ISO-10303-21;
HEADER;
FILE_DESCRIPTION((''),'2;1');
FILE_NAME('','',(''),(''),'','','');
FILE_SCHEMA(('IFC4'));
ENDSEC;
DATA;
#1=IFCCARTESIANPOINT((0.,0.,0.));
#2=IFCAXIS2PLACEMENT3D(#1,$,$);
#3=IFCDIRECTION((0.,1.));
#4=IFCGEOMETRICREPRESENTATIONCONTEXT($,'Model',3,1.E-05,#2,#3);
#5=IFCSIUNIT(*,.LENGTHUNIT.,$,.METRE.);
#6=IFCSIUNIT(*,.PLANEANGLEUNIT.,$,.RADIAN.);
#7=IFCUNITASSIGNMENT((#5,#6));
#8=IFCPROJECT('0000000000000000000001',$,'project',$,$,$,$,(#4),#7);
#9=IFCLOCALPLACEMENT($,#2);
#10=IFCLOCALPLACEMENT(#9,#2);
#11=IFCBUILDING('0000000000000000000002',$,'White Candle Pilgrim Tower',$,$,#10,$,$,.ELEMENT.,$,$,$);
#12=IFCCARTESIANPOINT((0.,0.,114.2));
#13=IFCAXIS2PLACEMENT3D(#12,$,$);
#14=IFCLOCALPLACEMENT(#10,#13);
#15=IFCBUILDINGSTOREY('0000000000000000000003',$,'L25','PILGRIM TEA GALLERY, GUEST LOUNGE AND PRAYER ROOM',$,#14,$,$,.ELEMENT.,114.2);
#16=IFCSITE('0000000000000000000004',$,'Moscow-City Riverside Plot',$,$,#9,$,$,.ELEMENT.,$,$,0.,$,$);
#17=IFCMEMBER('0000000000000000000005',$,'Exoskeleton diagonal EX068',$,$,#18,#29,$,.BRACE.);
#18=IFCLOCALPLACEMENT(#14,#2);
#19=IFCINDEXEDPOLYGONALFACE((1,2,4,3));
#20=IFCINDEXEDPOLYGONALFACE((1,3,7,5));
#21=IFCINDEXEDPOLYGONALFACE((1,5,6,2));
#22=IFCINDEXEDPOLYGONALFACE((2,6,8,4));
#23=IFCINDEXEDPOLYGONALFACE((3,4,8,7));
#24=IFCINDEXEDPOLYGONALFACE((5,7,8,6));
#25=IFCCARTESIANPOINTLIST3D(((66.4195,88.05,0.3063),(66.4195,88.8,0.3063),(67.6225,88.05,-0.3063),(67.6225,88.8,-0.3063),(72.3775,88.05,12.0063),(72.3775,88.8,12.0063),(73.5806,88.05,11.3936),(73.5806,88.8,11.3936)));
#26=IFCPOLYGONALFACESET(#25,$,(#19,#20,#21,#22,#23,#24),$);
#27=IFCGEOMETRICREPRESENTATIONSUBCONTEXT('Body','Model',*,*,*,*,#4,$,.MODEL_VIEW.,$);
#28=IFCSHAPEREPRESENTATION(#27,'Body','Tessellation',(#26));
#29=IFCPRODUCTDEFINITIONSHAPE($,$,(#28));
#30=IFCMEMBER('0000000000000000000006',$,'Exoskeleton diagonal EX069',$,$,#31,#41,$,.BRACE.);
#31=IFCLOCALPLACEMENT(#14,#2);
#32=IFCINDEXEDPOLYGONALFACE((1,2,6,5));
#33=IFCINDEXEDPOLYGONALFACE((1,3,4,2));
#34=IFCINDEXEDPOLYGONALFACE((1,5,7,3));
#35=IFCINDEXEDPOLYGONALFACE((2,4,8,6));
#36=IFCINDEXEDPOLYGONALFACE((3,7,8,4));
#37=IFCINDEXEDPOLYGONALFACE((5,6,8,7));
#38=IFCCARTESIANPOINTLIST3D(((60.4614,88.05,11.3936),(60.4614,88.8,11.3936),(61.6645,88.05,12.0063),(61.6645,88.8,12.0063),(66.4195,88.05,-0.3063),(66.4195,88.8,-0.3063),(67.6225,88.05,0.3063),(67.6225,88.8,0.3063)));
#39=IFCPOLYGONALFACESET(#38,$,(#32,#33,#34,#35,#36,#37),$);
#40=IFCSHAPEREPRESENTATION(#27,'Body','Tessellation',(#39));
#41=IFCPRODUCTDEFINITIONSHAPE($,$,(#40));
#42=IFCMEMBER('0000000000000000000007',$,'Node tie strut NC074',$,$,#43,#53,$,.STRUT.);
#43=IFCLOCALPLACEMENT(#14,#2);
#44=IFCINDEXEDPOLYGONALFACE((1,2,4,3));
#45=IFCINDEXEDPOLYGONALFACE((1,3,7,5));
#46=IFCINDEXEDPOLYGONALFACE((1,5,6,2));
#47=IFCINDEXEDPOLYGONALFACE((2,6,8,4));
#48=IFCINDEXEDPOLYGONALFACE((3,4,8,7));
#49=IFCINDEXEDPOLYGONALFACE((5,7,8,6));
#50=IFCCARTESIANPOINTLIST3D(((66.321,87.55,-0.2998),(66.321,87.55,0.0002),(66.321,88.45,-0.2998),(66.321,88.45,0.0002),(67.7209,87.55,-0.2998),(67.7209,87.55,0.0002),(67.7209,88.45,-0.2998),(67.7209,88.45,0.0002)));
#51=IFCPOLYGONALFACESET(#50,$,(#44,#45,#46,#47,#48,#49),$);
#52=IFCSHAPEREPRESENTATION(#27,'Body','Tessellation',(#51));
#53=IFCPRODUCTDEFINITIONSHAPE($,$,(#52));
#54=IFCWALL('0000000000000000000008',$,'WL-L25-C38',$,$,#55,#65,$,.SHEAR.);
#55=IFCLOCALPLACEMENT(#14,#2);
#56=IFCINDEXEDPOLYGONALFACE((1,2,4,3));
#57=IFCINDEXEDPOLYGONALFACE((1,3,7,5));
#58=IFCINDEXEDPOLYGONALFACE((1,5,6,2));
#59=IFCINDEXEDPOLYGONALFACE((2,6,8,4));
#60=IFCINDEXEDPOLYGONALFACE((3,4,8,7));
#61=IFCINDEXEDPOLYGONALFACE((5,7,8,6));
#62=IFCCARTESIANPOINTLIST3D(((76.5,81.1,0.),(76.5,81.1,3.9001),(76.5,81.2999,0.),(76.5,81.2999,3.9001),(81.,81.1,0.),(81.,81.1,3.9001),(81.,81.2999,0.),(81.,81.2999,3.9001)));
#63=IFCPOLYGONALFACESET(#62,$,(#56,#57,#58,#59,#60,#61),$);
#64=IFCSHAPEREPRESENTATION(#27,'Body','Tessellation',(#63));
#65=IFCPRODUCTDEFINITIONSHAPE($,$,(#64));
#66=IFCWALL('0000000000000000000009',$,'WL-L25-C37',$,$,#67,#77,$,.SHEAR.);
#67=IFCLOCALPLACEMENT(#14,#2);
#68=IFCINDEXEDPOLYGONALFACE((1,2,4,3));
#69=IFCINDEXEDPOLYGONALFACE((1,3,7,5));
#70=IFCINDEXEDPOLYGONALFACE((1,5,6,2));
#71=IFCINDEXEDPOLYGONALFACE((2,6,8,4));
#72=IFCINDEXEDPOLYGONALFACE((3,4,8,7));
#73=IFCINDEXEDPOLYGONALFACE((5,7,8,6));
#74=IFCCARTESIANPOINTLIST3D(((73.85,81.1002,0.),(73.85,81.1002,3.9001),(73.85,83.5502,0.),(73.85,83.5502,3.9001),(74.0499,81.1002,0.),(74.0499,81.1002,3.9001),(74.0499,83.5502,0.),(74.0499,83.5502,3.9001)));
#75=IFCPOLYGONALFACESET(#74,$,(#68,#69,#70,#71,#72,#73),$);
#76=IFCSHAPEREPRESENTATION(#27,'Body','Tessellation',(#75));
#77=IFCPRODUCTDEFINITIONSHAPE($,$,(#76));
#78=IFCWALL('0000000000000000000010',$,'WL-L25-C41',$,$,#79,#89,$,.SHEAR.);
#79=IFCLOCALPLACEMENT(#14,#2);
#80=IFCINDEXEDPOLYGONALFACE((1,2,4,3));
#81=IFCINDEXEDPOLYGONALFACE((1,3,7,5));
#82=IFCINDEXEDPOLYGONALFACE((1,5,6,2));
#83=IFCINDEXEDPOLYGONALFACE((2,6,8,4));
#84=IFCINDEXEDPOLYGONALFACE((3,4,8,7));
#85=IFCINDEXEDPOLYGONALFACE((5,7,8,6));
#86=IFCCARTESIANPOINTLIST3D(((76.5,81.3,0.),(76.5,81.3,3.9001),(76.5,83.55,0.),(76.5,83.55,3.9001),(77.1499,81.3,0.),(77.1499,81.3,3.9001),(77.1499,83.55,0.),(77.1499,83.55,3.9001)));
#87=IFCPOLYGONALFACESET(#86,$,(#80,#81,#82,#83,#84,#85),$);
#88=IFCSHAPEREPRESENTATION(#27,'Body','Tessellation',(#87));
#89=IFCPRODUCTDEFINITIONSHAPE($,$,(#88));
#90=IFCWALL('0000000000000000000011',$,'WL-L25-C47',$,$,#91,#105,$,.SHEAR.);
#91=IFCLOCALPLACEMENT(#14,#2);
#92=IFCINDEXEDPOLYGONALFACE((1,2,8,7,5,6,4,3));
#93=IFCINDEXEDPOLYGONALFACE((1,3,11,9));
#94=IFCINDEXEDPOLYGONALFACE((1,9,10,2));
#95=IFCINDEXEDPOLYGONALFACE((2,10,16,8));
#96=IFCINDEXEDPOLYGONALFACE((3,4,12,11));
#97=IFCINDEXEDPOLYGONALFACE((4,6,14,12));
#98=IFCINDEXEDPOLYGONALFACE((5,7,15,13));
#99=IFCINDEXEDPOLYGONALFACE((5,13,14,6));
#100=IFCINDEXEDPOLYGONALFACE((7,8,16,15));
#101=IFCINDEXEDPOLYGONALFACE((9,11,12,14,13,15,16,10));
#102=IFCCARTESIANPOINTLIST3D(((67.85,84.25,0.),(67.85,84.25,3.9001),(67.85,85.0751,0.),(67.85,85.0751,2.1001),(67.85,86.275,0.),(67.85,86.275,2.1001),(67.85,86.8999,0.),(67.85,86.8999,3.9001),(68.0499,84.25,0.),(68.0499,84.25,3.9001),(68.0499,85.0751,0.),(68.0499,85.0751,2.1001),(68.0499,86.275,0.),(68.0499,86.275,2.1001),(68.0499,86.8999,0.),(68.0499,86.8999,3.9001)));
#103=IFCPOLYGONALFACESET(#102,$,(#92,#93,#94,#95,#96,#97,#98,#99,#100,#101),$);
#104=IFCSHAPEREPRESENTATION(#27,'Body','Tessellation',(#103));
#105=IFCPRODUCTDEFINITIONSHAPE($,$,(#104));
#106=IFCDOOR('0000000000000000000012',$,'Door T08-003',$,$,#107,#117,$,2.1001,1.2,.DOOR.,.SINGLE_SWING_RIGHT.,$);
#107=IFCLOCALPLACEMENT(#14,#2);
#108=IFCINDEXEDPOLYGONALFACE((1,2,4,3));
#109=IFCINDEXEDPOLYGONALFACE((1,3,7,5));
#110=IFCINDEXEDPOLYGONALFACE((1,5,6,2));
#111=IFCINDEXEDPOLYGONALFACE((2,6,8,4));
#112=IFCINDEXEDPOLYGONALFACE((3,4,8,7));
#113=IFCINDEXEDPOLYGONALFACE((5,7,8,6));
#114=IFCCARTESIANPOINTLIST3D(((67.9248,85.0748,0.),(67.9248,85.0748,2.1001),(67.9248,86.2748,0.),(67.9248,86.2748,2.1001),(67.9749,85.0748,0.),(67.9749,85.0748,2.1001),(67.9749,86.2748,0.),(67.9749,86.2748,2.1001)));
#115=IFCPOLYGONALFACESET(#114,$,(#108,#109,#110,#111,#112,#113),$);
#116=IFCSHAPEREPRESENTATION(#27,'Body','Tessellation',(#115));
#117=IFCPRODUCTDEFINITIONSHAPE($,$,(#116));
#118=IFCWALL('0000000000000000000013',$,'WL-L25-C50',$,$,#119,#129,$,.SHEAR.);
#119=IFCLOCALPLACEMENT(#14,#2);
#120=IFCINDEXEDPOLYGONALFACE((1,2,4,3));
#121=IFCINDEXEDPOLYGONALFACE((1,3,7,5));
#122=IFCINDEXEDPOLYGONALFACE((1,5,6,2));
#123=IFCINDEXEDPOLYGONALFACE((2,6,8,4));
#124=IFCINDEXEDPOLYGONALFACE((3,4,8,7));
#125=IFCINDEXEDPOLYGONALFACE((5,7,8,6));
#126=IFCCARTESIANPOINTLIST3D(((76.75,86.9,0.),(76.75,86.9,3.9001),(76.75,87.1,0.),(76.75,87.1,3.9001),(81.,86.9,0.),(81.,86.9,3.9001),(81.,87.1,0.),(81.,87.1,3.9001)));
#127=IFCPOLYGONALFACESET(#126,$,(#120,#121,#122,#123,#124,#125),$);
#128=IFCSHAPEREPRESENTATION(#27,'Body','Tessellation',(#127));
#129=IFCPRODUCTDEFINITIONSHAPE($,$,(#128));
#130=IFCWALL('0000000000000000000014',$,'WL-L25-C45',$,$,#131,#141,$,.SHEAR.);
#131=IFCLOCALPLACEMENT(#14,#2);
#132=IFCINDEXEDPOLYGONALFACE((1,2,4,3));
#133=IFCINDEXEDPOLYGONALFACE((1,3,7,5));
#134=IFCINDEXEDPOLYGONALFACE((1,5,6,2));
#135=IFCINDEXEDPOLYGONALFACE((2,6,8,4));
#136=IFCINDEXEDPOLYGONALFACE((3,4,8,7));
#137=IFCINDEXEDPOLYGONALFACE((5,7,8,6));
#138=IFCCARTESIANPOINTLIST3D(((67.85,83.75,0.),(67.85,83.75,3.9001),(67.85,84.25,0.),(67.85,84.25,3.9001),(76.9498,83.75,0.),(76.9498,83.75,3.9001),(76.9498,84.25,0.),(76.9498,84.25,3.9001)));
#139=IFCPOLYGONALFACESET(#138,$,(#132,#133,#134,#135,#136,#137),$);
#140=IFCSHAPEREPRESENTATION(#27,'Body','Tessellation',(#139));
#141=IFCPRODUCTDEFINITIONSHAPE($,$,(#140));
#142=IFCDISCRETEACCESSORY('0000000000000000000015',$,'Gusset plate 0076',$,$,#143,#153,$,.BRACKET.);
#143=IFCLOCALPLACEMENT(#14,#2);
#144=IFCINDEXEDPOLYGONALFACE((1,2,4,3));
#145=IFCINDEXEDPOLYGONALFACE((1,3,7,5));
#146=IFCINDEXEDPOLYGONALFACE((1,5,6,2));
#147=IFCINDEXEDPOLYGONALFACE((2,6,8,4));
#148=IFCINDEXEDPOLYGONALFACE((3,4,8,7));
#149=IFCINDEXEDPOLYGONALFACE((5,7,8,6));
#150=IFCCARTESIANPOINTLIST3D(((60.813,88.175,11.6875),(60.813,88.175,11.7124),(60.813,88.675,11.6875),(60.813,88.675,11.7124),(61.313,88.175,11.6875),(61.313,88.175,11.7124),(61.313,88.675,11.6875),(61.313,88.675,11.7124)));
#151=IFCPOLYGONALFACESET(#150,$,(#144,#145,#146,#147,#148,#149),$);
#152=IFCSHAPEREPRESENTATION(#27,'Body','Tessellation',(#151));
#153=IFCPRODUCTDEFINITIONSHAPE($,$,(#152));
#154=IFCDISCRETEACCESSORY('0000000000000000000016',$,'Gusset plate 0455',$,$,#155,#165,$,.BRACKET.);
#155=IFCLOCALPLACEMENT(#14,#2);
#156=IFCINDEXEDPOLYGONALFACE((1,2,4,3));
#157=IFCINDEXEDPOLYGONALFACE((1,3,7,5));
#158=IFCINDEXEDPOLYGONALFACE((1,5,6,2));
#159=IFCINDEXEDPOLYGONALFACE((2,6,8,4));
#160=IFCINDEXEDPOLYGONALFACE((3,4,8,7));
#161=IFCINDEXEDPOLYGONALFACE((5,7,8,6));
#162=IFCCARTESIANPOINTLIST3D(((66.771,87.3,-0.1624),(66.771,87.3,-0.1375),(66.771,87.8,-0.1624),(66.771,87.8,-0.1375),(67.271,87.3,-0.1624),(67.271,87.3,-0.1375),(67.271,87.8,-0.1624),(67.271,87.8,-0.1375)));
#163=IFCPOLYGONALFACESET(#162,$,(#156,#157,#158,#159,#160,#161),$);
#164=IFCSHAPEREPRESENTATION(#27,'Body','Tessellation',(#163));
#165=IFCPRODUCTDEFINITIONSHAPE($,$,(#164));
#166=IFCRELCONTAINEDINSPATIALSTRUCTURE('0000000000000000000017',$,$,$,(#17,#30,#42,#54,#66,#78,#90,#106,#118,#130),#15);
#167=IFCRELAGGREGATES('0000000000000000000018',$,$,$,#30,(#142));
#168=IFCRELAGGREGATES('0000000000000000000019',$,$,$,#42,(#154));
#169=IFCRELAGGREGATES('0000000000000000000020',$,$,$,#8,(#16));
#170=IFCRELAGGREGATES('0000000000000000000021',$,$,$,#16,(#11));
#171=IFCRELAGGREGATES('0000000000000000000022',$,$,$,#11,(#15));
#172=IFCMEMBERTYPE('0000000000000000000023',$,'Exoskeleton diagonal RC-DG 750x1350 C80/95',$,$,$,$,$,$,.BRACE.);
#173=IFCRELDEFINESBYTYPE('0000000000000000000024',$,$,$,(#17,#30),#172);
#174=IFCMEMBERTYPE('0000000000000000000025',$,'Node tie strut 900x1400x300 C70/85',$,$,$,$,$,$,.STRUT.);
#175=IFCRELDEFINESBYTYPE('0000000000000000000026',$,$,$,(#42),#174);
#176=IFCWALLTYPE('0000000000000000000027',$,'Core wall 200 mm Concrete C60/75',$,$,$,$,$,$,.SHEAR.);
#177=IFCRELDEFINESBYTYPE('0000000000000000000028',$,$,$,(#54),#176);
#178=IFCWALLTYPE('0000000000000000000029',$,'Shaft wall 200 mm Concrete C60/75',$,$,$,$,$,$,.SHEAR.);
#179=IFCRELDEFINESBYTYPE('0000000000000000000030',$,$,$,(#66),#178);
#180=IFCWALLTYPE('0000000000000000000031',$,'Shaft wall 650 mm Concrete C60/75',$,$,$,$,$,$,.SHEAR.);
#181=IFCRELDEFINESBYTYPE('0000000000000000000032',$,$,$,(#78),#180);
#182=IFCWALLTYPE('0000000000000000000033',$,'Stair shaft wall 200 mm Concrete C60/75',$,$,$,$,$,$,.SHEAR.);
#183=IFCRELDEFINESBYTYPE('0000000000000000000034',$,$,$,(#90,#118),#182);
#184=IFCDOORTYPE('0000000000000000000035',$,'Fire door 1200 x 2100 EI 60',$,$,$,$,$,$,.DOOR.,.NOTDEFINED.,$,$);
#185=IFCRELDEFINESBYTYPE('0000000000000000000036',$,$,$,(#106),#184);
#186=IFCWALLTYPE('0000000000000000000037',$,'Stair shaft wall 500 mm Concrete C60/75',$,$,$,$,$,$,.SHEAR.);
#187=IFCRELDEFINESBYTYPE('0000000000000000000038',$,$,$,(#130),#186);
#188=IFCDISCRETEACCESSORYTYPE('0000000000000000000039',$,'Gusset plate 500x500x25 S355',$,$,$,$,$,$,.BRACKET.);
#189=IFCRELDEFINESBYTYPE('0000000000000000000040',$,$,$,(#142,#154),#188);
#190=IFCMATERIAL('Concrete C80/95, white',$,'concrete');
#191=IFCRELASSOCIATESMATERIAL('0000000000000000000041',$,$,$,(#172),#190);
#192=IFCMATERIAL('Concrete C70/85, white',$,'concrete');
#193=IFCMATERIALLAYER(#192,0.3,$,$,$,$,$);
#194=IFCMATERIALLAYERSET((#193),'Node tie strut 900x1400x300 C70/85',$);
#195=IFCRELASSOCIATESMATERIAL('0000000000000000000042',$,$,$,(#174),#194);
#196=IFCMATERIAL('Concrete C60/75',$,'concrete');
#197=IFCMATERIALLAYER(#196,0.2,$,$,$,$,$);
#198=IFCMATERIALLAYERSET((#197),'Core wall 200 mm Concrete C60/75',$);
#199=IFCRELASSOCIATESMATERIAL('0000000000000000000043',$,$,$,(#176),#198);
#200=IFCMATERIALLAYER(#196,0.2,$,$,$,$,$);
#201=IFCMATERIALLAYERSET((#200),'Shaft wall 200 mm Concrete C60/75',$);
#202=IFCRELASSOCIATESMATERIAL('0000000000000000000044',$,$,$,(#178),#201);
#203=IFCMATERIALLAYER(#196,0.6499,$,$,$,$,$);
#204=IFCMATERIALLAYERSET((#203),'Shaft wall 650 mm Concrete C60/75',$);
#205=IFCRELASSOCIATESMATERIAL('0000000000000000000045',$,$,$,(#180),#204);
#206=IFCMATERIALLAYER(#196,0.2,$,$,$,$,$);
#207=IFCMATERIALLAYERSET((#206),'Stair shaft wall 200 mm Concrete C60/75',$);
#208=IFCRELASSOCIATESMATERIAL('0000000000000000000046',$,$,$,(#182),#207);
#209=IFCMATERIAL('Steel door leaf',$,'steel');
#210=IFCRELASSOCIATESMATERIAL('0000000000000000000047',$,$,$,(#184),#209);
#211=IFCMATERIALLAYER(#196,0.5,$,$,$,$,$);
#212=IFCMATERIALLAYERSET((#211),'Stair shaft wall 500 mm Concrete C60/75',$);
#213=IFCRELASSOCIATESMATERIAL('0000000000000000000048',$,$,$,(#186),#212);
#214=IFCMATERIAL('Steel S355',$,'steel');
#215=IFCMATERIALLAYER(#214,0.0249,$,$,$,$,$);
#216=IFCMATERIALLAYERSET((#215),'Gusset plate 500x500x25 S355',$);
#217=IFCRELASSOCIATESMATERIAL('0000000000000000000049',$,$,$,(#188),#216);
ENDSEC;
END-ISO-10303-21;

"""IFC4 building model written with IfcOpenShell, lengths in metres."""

from ifc_helpers import new_model, si_unit, direction, frame, frame_2d, origin, origin_2d, place, context, subcontext, project, spatial, rectangle, extrude, material, layer, layer_set, material_profile, profile_set, type_object, element, fill, aggregate, save


model = new_model("IFC4")

# Units and contexts
model_context = context("Model", 3, precision=1e-05, world=origin(), true_north=direction((0.0, 1.0)))
body_context = subcontext(model_context, "Body", "Model", "MODEL_VIEW")
ifc_project = project(units=[si_unit("LENGTHUNIT", "METRE"), si_unit("PLANEANGLEUNIT", "RADIAN")], contexts=[model_context])

# Site, building, storey
site_placement = place(None, origin())
site = spatial("IfcSite", under=ifc_project, at=site_placement, Name="Moscow-City Riverside Plot", CompositionType="ELEMENT", RefElevation=0.0)
building_placement = place(site_placement, origin())
building = spatial("IfcBuilding", under=site, at=building_placement, Name="White Candle Pilgrim Tower", CompositionType="ELEMENT")
storey_placement = place(building_placement, frame((0.0, 0.0, 114.2)))
storey = spatial("IfcBuildingStorey", under=building, at=storey_placement, Name="L25", Description="PILGRIM TEA GALLERY, GUEST LOUNGE AND PRAYER ROOM", CompositionType="ELEMENT", Elevation=114.2)

# Members
ifc_material_1 = material(Name="Concrete C80/95, white", Category="concrete")
ifc_material_profile = material_profile(ifc_material_1, rectangle(XDim=0.75, YDim=1.3501, at=origin_2d()), Name="RC-DG 750x1350")
ifc_profile_set = profile_set([ifc_material_profile], Name="Concrete C80/95, white")
member_type_1 = type_object("IfcMemberType", Name="Exoskeleton diagonal RC-DG 750x1350 C80/95", PredefinedType="BRACE", material=ifc_profile_set)
member_1_placement = place(storey_placement, frame((67.021, 88.425, 0.0), z_axis=(0.453784, 0.0, 0.891112), x_axis=(0.0, 1.0, 0.0)))
element("IfcMember", 1, at=member_1_placement, inside=storey, type_object=member_type_1, Name="Exoskeleton diagonal EX068", PredefinedType="BRACE", context=body_context, shape_type="SweptSolid", body=[
    extrude(rectangle(XDim=0.75, YDim=1.3501, at=origin_2d()), origin(), (0.0, 0.0, 1.0), 13.1296),
])
member_2_placement = place(storey_placement, frame((67.021, 88.425, 0.0), z_axis=(-0.453784, 0.0, 0.891112), x_axis=(0.0, -1.0, 0.0)))
member_2 = element("IfcMember", 2, at=member_2_placement, inside=storey, type_object=member_type_1, Name="Exoskeleton diagonal EX069", PredefinedType="BRACE", context=body_context, shape_type="SweptSolid", body=[
    extrude(rectangle(XDim=0.75, YDim=1.3501, at=origin_2d()), origin(), (0.0, 0.0, 1.0), 13.1296),
])
ifc_material_2 = material(Name="Concrete C70/85, white", Category="concrete")
ifc_layer_1 = layer(ifc_material_2, 0.3)
ifc_layer_set_1 = layer_set([ifc_layer_1], Name="Node tie strut 900x1400x300 C70/85")
member_type_2 = type_object("IfcMemberType", Name="Node tie strut 900x1400x300 C70/85", PredefinedType="STRUT", material=ifc_layer_set_1)
member_3_placement = place(storey_placement, frame((67.021, 88.0, -0.2998), z_axis=(0.0, 0.0, 1.0), x_axis=(-1.0, 0.0, 0.0)))
member_3 = element("IfcMember", 3, at=member_3_placement, inside=storey, type_object=member_type_2, Name="Node tie strut NC074", PredefinedType="STRUT", context=body_context, shape_type="SweptSolid", body=[
    extrude(rectangle(XDim=1.3999, YDim=0.8999, at=origin_2d()), origin(), (0.0, 0.0, 1.0), 0.3),
])

# Walls
ifc_material_3 = material(Name="Concrete C60/75", Category="concrete")
ifc_layer_2 = layer(ifc_material_3, 0.2)
ifc_layer_set_2 = layer_set([ifc_layer_2], Name="Core wall 200 mm Concrete C60/75")
wall_type_1 = type_object("IfcWallType", Name="Core wall 200 mm Concrete C60/75", PredefinedType="SHEAR", material=ifc_layer_set_2)
wall_1_placement = place(storey_placement, frame((76.5, 81.2, 0.0), z_axis=(0.0, 0.0, 1.0), x_axis=(1.0, 0.0, 0.0)))
element("IfcWall", 4, at=wall_1_placement, inside=storey, type_object=wall_type_1, Name="WL-L25-C38", PredefinedType="SHEAR", context=body_context, shape_type="SweptSolid", body=[
    extrude(rectangle(XDim=4.5, YDim=0.2, at=frame_2d((2.25, 0.0))), origin(), (0.0, 0.0, 1.0), 3.9001),
])
ifc_layer_3 = layer(ifc_material_3, 0.2)
ifc_layer_set_3 = layer_set([ifc_layer_3], Name="Shaft wall 200 mm Concrete C60/75")
wall_type_2 = type_object("IfcWallType", Name="Shaft wall 200 mm Concrete C60/75", PredefinedType="SHEAR", material=ifc_layer_set_3)
wall_2_placement = place(storey_placement, frame((73.95, 81.1001, 0.0), z_axis=(0.0, 0.0, 1.0), x_axis=(0.0, 1.0, 0.0)))
element("IfcWall", 5, at=wall_2_placement, inside=storey, type_object=wall_type_2, Name="WL-L25-C37", PredefinedType="SHEAR", context=body_context, shape_type="SweptSolid", body=[
    extrude(rectangle(XDim=2.45, YDim=0.2, at=frame_2d((1.2251, 0.0))), origin(), (0.0, 0.0, 1.0), 3.9001),
])
ifc_layer_4 = layer(ifc_material_3, 0.6499)
ifc_layer_set_4 = layer_set([ifc_layer_4], Name="Shaft wall 650 mm Concrete C60/75")
wall_type_3 = type_object("IfcWallType", Name="Shaft wall 650 mm Concrete C60/75", PredefinedType="SHEAR", material=ifc_layer_set_4)
wall_3_placement = place(storey_placement, frame((76.825, 81.3, 0.0), z_axis=(0.0, 0.0, 1.0), x_axis=(0.0, 1.0, 0.0)))
element("IfcWall", 6, at=wall_3_placement, inside=storey, type_object=wall_type_3, Name="WL-L25-C41", PredefinedType="SHEAR", context=body_context, shape_type="SweptSolid", body=[
    extrude(rectangle(XDim=2.25, YDim=0.6499, at=frame_2d((1.125, 0.0))), origin(), (0.0, 0.0, 1.0), 3.9001),
])

# Wall, opening, door
ifc_layer_5 = layer(ifc_material_3, 0.2)
ifc_layer_set_5 = layer_set([ifc_layer_5], Name="Stair shaft wall 200 mm Concrete C60/75")
wall_type_4 = type_object("IfcWallType", Name="Stair shaft wall 200 mm Concrete C60/75", PredefinedType="SHEAR", material=ifc_layer_set_5)
wall_4_placement = place(storey_placement, frame((67.95, 84.25, 0.0), z_axis=(0.0, 0.0, 1.0), x_axis=(0.0, 1.0, 0.0)))
wall_4 = element("IfcWall", 7, at=wall_4_placement, inside=storey, type_object=wall_type_4, Name="WL-L25-C47", PredefinedType="SHEAR", context=body_context, shape_type="SweptSolid", body=[
    extrude(rectangle(XDim=2.6499, YDim=0.2, at=frame_2d((1.325, 0.0))), origin(), (0.0, 0.0, 1.0), 3.9001),
])
opening_placement = place(wall_4_placement, frame((0.825, 0.0, 0.0)))
opening = element("IfcOpeningElement", 8, at=opening_placement, cuts=wall_4, PredefinedType="OPENING", context=body_context, shape_type="SweptSolid", body=[
    extrude(rectangle(XDim=1.2, YDim=2.1001, at=frame_2d((0.6001, 1.05))), frame((0.0, 0.1099, 0.0), z_axis=(0.0, -1.0, 0.0), x_axis=(1.0, 0.0, 0.0)), (0.0, 0.0, 1.0), 0.22),
])
ifc_material_4 = material(Name="Steel door leaf", Category="steel")
door_type = type_object("IfcDoorType", Name="Fire door 1200 x 2100 EI 60", OperationType="NOTDEFINED", PredefinedType="DOOR", material=ifc_material_4)
door_placement = place(opening_placement, frame((1.2, 0.0, 0.0), z_axis=(0.0, 0.0, 1.0), x_axis=(-1.0, 0.0, 0.0)))
door = element("IfcDoor", 9, at=door_placement, inside=storey, type_object=door_type, Name="Door T08-003", OperationType="SINGLE_SWING_RIGHT", OverallHeight=2.1001, OverallWidth=1.2, PredefinedType="DOOR", context=body_context, shape_type="SweptSolid", body=[
    extrude(rectangle(XDim=1.2, YDim=2.1001, at=frame_2d((0.6001, 1.05))), frame((0.0, 0.0249, 0.0), z_axis=(0.0, -1.0, 0.0), x_axis=(1.0, 0.0, 0.0)), (0.0, 0.0, 1.0), 0.05),
])
fill(opening, door)

# Walls
wall_5_placement = place(storey_placement, frame((76.75, 87.0, 0.0), z_axis=(0.0, 0.0, 1.0), x_axis=(1.0, 0.0, 0.0)))
element("IfcWall", 10, at=wall_5_placement, inside=storey, type_object=wall_type_4, Name="WL-L25-C50", PredefinedType="SHEAR", context=body_context, shape_type="SweptSolid", body=[
    extrude(rectangle(XDim=4.25, YDim=0.2, at=frame_2d((2.125, 0.0))), origin(), (0.0, 0.0, 1.0), 3.9001),
])
ifc_layer_6 = layer(ifc_material_3, 0.5)
ifc_layer_set_6 = layer_set([ifc_layer_6], Name="Stair shaft wall 500 mm Concrete C60/75")
wall_type_5 = type_object("IfcWallType", Name="Stair shaft wall 500 mm Concrete C60/75", PredefinedType="SHEAR", material=ifc_layer_set_6)
wall_6_placement = place(storey_placement, frame((67.8501, 84.0, 0.0), z_axis=(0.0, 0.0, 1.0), x_axis=(1.0, 0.0, 0.0)))
element("IfcWall", 11, at=wall_6_placement, inside=storey, type_object=wall_type_5, Name="WL-L25-C45", PredefinedType="SHEAR", context=body_context, shape_type="SweptSolid", body=[
    extrude(rectangle(XDim=9.0999, YDim=0.5, at=frame_2d((4.5498, 0.0))), origin(), (0.0, 0.0, 1.0), 3.9001),
])

# Discrete accessories
ifc_material_5 = material(Name="Steel S355", Category="steel")
ifc_layer_7 = layer(ifc_material_5, 0.0249)
ifc_layer_set_7 = layer_set([ifc_layer_7], Name="Gusset plate 500x500x25 S355")
discrete_accessory_type = type_object("IfcDiscreteAccessoryType", Name="Gusset plate 500x500x25 S355", PredefinedType="BRACKET", material=ifc_layer_set_7)
placement = place(building_placement, frame((0.0, 0.0, 125.8999)))
discrete_accessory_1_placement = place(placement, frame((61.063, 88.425, -0.0125), z_axis=(0.0, 0.0, 1.0), x_axis=(1.0, 0.0, 0.0)))
discrete_accessory_1 = element("IfcDiscreteAccessory", 12, at=discrete_accessory_1_placement, type_object=discrete_accessory_type, Name="Gusset plate 0076", PredefinedType="BRACKET", context=body_context, shape_type="SweptSolid", body=[
    extrude(rectangle(XDim=0.5, YDim=0.5, at=origin_2d()), origin(), (0.0, 0.0, 1.0), 0.0249),
])
aggregate(member_2, [discrete_accessory_1])
discrete_accessory_2_placement = place(storey_placement, frame((67.021, 87.55, -0.1624), z_axis=(0.0, 0.0, 1.0), x_axis=(1.0, 0.0, 0.0)))
discrete_accessory_2 = element("IfcDiscreteAccessory", 13, at=discrete_accessory_2_placement, type_object=discrete_accessory_type, Name="Gusset plate 0455", PredefinedType="BRACKET", context=body_context, shape_type="SweptSolid", body=[
    extrude(rectangle(XDim=0.5, YDim=0.5, at=origin_2d()), origin(), (0.0, 0.0, 1.0), 0.0249),
])
aggregate(member_3, [discrete_accessory_2])

save(model, "model.ifc")
